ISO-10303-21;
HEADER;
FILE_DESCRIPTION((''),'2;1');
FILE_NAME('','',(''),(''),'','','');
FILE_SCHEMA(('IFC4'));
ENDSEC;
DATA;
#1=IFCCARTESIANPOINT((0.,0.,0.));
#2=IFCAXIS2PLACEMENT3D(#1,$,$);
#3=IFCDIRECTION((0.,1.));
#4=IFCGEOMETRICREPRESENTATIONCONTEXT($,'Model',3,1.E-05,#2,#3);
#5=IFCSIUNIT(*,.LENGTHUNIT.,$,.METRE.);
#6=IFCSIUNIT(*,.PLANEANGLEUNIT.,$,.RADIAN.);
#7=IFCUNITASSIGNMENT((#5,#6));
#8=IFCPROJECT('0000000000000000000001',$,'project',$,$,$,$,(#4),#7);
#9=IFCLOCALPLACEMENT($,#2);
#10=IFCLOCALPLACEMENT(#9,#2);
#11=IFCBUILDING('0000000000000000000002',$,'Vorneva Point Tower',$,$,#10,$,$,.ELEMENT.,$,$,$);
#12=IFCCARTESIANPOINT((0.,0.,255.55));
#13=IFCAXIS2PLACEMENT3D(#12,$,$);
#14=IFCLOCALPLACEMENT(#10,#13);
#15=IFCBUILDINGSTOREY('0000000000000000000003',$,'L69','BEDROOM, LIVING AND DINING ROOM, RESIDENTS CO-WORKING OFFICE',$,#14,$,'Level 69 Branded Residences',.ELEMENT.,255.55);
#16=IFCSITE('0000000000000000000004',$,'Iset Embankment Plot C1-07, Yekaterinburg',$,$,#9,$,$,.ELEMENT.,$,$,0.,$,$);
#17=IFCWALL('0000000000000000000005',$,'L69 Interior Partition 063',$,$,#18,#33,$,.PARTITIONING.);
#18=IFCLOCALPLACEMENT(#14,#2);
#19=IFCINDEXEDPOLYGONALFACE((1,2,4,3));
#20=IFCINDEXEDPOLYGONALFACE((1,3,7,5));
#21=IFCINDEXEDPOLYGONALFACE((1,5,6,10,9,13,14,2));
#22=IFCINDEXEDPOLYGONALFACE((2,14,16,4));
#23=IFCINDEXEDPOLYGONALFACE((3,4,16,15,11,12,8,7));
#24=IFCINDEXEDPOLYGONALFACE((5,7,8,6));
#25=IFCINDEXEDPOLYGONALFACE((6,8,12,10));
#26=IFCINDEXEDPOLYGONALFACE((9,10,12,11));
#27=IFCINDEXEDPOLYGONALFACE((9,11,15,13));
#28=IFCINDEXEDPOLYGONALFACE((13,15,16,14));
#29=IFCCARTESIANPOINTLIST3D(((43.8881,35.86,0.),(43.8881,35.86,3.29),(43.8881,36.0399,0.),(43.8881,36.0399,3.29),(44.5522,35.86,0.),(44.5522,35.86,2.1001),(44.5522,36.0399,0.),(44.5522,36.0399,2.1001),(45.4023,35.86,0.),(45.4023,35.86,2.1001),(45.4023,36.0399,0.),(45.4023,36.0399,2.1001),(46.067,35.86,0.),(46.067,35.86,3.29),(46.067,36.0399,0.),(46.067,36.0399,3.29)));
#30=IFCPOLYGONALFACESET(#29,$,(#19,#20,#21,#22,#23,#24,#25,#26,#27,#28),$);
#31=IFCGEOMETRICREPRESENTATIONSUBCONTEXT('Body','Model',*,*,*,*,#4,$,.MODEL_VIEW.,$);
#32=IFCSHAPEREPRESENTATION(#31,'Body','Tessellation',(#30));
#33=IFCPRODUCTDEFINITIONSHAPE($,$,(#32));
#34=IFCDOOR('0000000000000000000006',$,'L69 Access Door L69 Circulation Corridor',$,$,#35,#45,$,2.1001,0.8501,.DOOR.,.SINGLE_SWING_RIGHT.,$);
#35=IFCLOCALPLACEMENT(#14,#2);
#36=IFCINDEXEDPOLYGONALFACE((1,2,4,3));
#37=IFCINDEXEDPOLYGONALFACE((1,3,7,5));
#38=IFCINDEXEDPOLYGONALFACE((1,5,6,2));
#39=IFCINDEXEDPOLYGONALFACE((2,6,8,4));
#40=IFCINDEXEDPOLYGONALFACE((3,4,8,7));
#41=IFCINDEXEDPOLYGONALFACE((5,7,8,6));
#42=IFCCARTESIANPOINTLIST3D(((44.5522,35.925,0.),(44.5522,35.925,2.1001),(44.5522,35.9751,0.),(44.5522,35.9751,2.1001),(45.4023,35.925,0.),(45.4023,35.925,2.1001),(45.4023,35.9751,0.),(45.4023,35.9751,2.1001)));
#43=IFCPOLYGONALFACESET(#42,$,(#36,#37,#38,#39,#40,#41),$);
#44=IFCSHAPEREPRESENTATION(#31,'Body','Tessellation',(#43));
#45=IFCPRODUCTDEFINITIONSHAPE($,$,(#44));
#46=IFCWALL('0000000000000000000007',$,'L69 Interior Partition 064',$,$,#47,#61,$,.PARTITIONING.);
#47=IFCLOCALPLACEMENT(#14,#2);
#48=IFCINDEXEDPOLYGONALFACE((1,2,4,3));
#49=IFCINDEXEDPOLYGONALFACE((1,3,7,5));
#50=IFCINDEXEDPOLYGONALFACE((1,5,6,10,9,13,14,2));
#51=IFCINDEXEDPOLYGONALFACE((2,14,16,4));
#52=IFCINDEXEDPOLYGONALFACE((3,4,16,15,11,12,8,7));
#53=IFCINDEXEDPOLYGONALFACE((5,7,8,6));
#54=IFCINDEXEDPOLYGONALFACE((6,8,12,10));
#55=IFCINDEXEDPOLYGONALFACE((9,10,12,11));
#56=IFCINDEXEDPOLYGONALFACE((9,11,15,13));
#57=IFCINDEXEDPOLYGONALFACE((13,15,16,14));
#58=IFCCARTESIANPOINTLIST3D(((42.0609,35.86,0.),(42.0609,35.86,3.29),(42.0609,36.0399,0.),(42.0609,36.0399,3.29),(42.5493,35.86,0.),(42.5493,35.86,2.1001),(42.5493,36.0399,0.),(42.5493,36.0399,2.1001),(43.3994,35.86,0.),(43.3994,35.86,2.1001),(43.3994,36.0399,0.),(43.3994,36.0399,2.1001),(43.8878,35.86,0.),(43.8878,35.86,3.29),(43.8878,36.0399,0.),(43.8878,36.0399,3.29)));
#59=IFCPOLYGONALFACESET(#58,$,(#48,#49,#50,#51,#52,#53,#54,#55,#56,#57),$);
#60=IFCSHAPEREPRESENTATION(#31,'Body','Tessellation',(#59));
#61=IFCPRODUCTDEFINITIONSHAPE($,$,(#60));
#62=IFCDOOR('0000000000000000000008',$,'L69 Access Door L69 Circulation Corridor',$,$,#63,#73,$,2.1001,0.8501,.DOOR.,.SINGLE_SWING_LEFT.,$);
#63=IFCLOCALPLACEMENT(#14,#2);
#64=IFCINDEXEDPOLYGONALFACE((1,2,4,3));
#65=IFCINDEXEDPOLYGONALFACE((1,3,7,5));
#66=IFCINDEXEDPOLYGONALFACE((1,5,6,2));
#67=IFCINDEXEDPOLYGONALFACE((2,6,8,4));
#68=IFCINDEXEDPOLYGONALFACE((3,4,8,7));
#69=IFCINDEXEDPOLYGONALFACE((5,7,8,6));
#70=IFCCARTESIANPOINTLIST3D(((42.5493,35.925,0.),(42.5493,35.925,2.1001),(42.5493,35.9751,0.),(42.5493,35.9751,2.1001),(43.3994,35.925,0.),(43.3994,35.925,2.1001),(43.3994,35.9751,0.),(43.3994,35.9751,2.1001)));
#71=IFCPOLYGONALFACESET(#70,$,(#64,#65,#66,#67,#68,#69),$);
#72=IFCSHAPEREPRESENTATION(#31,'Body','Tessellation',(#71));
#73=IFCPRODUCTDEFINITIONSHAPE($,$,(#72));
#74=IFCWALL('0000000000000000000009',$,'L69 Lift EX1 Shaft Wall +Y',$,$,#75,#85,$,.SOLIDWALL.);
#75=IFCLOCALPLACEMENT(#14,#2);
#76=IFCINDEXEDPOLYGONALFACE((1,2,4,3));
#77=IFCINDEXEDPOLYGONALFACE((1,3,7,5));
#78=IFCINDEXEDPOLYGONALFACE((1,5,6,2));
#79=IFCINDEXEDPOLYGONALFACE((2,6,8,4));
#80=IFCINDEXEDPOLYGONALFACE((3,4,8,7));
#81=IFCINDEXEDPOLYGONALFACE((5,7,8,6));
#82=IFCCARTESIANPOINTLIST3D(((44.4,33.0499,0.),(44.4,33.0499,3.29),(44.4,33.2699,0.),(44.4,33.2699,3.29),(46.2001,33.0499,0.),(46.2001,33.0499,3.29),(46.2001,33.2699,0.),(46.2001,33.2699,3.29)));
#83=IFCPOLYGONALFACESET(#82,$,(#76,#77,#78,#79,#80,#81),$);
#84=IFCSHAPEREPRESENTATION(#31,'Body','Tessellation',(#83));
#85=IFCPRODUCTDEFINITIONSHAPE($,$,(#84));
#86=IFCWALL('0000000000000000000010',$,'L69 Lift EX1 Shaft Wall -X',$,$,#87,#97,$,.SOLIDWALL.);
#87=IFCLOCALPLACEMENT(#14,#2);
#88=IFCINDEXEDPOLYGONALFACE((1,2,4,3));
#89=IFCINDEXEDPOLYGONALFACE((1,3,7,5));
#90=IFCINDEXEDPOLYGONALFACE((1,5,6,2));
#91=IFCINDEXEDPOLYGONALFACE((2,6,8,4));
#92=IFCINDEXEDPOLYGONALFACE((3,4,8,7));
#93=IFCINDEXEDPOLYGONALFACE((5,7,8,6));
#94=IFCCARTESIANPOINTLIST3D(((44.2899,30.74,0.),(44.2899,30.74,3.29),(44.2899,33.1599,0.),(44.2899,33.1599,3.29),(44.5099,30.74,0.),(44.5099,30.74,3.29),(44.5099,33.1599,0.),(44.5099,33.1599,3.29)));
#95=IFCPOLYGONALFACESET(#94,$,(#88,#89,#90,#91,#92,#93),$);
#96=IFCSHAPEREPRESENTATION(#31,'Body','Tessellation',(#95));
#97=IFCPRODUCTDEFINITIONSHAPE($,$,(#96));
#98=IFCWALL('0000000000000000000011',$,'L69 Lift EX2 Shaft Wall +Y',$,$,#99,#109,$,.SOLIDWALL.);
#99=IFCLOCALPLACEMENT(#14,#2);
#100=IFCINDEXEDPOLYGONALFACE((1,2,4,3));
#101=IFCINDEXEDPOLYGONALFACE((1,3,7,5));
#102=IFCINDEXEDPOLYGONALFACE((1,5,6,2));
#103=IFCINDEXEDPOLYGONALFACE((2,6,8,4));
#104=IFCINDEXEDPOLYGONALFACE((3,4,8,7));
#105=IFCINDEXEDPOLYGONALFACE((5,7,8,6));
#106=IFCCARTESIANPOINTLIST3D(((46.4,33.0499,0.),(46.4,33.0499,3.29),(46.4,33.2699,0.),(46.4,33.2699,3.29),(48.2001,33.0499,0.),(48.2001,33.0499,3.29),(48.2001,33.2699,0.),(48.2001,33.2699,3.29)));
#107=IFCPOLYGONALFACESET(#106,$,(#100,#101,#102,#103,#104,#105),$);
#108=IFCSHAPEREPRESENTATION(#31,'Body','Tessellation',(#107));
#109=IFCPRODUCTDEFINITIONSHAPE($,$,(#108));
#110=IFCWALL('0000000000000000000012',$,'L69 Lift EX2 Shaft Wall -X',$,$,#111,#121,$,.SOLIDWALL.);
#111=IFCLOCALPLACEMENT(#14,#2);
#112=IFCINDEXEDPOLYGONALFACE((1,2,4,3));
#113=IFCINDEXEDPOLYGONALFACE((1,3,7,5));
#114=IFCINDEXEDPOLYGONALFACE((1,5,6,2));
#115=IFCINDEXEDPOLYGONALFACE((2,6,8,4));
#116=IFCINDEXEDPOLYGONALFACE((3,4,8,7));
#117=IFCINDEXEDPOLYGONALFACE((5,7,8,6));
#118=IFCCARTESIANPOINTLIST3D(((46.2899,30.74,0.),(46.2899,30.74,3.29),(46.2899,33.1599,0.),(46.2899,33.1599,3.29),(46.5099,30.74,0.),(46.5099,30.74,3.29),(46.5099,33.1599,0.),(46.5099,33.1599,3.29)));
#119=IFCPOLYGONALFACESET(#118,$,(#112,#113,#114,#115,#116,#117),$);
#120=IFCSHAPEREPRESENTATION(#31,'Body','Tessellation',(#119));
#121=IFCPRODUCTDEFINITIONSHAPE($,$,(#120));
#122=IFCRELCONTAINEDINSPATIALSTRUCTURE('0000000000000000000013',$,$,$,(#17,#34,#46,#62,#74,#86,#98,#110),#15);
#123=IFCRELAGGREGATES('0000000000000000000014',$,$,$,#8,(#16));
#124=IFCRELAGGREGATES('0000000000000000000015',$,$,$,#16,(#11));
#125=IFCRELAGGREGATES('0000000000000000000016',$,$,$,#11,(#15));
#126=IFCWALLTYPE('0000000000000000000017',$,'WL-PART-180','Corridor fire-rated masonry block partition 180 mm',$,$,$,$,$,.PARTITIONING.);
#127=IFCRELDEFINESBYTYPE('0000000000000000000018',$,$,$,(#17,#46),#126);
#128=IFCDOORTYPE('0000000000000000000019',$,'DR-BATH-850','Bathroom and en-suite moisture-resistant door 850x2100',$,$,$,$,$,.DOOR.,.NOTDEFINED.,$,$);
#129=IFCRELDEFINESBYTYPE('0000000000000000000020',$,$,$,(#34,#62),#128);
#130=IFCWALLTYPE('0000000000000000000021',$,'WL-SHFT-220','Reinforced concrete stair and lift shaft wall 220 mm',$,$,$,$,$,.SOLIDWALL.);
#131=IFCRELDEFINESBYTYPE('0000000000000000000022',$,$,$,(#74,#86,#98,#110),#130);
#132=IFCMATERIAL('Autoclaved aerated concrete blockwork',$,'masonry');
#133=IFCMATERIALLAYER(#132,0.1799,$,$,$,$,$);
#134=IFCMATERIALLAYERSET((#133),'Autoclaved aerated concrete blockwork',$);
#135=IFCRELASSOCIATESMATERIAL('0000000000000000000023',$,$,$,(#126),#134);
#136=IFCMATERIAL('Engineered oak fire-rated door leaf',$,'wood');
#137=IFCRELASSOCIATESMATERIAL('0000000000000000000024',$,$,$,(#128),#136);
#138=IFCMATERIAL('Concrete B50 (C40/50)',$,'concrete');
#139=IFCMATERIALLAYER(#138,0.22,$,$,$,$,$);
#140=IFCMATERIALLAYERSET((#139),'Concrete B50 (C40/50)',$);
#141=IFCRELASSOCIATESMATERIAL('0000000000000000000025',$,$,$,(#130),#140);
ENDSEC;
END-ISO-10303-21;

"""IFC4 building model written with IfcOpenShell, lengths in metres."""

from ifc_helpers import new_model, si_unit, direction, frame, frame_2d, origin, place, context, subcontext, project, spatial, rectangle, extrude, material, layer, layer_set, type_object, element, fill, save


model = new_model("IFC4")

# Units and contexts
model_context = context("Model", 3, precision=1e-05, world=origin(), true_north=direction((0.0, 1.0)))
body_context = subcontext(model_context, "Body", "Model", "MODEL_VIEW")
ifc_project = project(units=[si_unit("LENGTHUNIT", "METRE"), si_unit("PLANEANGLEUNIT", "RADIAN")], contexts=[model_context])

# Site, building, storey
site_placement = place(None, origin())
site = spatial("IfcSite", under=ifc_project, at=site_placement, Name="Iset Embankment Plot C1-07, Yekaterinburg", CompositionType="ELEMENT", RefElevation=0.0)
building_placement = place(site_placement, origin())
building = spatial("IfcBuilding", under=site, at=building_placement, Name="Vorneva Point Tower", CompositionType="ELEMENT")
storey_placement = place(building_placement, frame((0.0, 0.0, 255.55)))
storey = spatial("IfcBuildingStorey", under=building, at=storey_placement, Name="L69", Description="BEDROOM, LIVING AND DINING ROOM, RESIDENTS CO-WORKING OFFICE", LongName="Level 69 Branded Residences", CompositionType="ELEMENT", Elevation=255.55)

# Shared definitions
ifc_material_1 = material(Name="Concrete B50 (C40/50)", Category="concrete")

# Shared definitions
ifc_material_2 = material(Name="Autoclaved aerated concrete blockwork", Category="masonry")
ifc_layer_1 = layer(ifc_material_2, 0.1799)
ifc_layer_set_1 = layer_set([ifc_layer_1], Name="Autoclaved aerated concrete blockwork")
wall_type_1 = type_object("IfcWallType", Name="WL-PART-180", Description="Corridor fire-rated masonry block partition 180 mm", PredefinedType="PARTITIONING", material=ifc_layer_set_1)
ifc_material_3 = material(Name="Engineered oak fire-rated door leaf", Category="wood")
door_type = type_object("IfcDoorType", Name="DR-BATH-850", Description="Bathroom and en-suite moisture-resistant door 850x2100", OperationType="NOTDEFINED", PredefinedType="DOOR", material=ifc_material_3)

# Walls, openings, doors
wall_1_placement = place(storey_placement, frame((46.0669, 35.95, 0.0), z_axis=(0.0, 0.0, 1.0), x_axis=(-1.0, 0.0, 0.0)))
wall_1 = element("IfcWall", 1, at=wall_1_placement, inside=storey, type_object=wall_type_1, Name="L69 Interior Partition 063", PredefinedType="PARTITIONING", context=body_context, shape_type="SweptSolid", body=[
    extrude(rectangle(XDim=2.179, YDim=0.1799, at=frame_2d((1.0894, 0.0))), origin(), (0.0, 0.0, 1.0), 3.29),
])
opening_1_placement = place(wall_1_placement, frame((0.6646, 0.0, 0.0)))
opening_1 = element("IfcOpeningElement", 2, at=opening_1_placement, cuts=wall_1, PredefinedType="OPENING", context=body_context, shape_type="SweptSolid", body=[
    extrude(rectangle(XDim=0.8501, YDim=2.1001, at=frame_2d((0.425, 1.05))), frame((0.0, 0.105, 0.0), z_axis=(0.0, -1.0, 0.0), x_axis=(1.0, 0.0, 0.0)), (0.0, 0.0, 1.0), 0.2097),
])
door_1_placement = place(opening_1_placement, origin())
door_1 = element("IfcDoor", 3, at=door_1_placement, inside=storey, type_object=door_type, Name="L69 Access Door L69 Circulation Corridor", OperationType="SINGLE_SWING_RIGHT", OverallHeight=2.1001, OverallWidth=0.8501, PredefinedType="DOOR", context=body_context, shape_type="SweptSolid", body=[
    extrude(rectangle(XDim=0.8501, YDim=2.1001, at=frame_2d((0.425, 1.05))), frame((0.0, 0.0249, 0.0), z_axis=(0.0, -1.0, 0.0), x_axis=(1.0, 0.0, 0.0)), (0.0, 0.0, 1.0), 0.05),
])
fill(opening_1, door_1)
wall_2_placement = place(storey_placement, frame((43.8879, 35.95, 0.0), z_axis=(0.0, 0.0, 1.0), x_axis=(-1.0, 0.0, 0.0)))
wall_2 = element("IfcWall", 4, at=wall_2_placement, inside=storey, type_object=wall_type_1, Name="L69 Interior Partition 064", PredefinedType="PARTITIONING", context=body_context, shape_type="SweptSolid", body=[
    extrude(rectangle(XDim=1.8269, YDim=0.1799, at=frame_2d((0.9136, 0.0))), origin(), (0.0, 0.0, 1.0), 3.29),
])
opening_2_placement = place(wall_2_placement, frame((0.4885, 0.0, 0.0)))
opening_2 = element("IfcOpeningElement", 5, at=opening_2_placement, cuts=wall_2, PredefinedType="OPENING", context=body_context, shape_type="SweptSolid", body=[
    extrude(rectangle(XDim=0.8501, YDim=2.1001, at=frame_2d((0.425, 1.05))), frame((0.0, 0.105, 0.0), z_axis=(0.0, -1.0, 0.0), x_axis=(1.0, 0.0, 0.0)), (0.0, 0.0, 1.0), 0.2097),
])
door_2_placement = place(opening_2_placement, origin())
door_2 = element("IfcDoor", 6, at=door_2_placement, inside=storey, type_object=door_type, Name="L69 Access Door L69 Circulation Corridor", OperationType="SINGLE_SWING_LEFT", OverallHeight=2.1001, OverallWidth=0.8501, PredefinedType="DOOR", context=body_context, shape_type="SweptSolid", body=[
    extrude(rectangle(XDim=0.8501, YDim=2.1001, at=frame_2d((0.425, 1.05))), frame((0.0, 0.0249, 0.0), z_axis=(0.0, -1.0, 0.0), x_axis=(1.0, 0.0, 0.0)), (0.0, 0.0, 1.0), 0.05),
])
fill(opening_2, door_2)

# Walls
ifc_layer_2 = layer(ifc_material_1, 0.22)
ifc_layer_set_2 = layer_set([ifc_layer_2], Name="Concrete B50 (C40/50)")
wall_type_2 = type_object("IfcWallType", Name="WL-SHFT-220", Description="Reinforced concrete stair and lift shaft wall 220 mm", PredefinedType="SOLIDWALL", material=ifc_layer_set_2)
wall_3_placement = place(storey_placement, frame((46.2, 33.1599, 0.0), z_axis=(0.0, 0.0, 1.0), x_axis=(-1.0, 0.0, 0.0)))
element("IfcWall", 7, at=wall_3_placement, inside=storey, type_object=wall_type_2, Name="L69 Lift EX1 Shaft Wall +Y", PredefinedType="SOLIDWALL", context=body_context, shape_type="SweptSolid", body=[
    extrude(rectangle(XDim=1.8, YDim=0.22, at=frame_2d((0.8999, 0.0))), origin(), (0.0, 0.0, 1.0), 3.29),
])
wall_4_placement = place(storey_placement, frame((44.3999, 33.1599, 0.0), z_axis=(0.0, 0.0, 1.0), x_axis=(0.0, -1.0, 0.0)))
element("IfcWall", 8, at=wall_4_placement, inside=storey, type_object=wall_type_2, Name="L69 Lift EX1 Shaft Wall -X", PredefinedType="SOLIDWALL", context=body_context, shape_type="SweptSolid", body=[
    extrude(rectangle(XDim=2.4199, YDim=0.22, at=frame_2d((1.21, 0.0))), origin(), (0.0, 0.0, 1.0), 3.29),
])
wall_5_placement = place(storey_placement, frame((48.2, 33.1599, 0.0), z_axis=(0.0, 0.0, 1.0), x_axis=(-1.0, 0.0, 0.0)))
element("IfcWall", 9, at=wall_5_placement, inside=storey, type_object=wall_type_2, Name="L69 Lift EX2 Shaft Wall +Y", PredefinedType="SOLIDWALL", context=body_context, shape_type="SweptSolid", body=[
    extrude(rectangle(XDim=1.8, YDim=0.22, at=frame_2d((0.8999, 0.0))), origin(), (0.0, 0.0, 1.0), 3.29),
])
wall_6_placement = place(storey_placement, frame((46.3999, 33.1599, 0.0), z_axis=(0.0, 0.0, 1.0), x_axis=(0.0, -1.0, 0.0)))
element("IfcWall", 10, at=wall_6_placement, inside=storey, type_object=wall_type_2, Name="L69 Lift EX2 Shaft Wall -X", PredefinedType="SOLIDWALL", context=body_context, shape_type="SweptSolid", body=[
    extrude(rectangle(XDim=2.4199, YDim=0.22, at=frame_2d((1.21, 0.0))), origin(), (0.0, 0.0, 1.0), 3.29),
])

save(model, "model.ifc")
